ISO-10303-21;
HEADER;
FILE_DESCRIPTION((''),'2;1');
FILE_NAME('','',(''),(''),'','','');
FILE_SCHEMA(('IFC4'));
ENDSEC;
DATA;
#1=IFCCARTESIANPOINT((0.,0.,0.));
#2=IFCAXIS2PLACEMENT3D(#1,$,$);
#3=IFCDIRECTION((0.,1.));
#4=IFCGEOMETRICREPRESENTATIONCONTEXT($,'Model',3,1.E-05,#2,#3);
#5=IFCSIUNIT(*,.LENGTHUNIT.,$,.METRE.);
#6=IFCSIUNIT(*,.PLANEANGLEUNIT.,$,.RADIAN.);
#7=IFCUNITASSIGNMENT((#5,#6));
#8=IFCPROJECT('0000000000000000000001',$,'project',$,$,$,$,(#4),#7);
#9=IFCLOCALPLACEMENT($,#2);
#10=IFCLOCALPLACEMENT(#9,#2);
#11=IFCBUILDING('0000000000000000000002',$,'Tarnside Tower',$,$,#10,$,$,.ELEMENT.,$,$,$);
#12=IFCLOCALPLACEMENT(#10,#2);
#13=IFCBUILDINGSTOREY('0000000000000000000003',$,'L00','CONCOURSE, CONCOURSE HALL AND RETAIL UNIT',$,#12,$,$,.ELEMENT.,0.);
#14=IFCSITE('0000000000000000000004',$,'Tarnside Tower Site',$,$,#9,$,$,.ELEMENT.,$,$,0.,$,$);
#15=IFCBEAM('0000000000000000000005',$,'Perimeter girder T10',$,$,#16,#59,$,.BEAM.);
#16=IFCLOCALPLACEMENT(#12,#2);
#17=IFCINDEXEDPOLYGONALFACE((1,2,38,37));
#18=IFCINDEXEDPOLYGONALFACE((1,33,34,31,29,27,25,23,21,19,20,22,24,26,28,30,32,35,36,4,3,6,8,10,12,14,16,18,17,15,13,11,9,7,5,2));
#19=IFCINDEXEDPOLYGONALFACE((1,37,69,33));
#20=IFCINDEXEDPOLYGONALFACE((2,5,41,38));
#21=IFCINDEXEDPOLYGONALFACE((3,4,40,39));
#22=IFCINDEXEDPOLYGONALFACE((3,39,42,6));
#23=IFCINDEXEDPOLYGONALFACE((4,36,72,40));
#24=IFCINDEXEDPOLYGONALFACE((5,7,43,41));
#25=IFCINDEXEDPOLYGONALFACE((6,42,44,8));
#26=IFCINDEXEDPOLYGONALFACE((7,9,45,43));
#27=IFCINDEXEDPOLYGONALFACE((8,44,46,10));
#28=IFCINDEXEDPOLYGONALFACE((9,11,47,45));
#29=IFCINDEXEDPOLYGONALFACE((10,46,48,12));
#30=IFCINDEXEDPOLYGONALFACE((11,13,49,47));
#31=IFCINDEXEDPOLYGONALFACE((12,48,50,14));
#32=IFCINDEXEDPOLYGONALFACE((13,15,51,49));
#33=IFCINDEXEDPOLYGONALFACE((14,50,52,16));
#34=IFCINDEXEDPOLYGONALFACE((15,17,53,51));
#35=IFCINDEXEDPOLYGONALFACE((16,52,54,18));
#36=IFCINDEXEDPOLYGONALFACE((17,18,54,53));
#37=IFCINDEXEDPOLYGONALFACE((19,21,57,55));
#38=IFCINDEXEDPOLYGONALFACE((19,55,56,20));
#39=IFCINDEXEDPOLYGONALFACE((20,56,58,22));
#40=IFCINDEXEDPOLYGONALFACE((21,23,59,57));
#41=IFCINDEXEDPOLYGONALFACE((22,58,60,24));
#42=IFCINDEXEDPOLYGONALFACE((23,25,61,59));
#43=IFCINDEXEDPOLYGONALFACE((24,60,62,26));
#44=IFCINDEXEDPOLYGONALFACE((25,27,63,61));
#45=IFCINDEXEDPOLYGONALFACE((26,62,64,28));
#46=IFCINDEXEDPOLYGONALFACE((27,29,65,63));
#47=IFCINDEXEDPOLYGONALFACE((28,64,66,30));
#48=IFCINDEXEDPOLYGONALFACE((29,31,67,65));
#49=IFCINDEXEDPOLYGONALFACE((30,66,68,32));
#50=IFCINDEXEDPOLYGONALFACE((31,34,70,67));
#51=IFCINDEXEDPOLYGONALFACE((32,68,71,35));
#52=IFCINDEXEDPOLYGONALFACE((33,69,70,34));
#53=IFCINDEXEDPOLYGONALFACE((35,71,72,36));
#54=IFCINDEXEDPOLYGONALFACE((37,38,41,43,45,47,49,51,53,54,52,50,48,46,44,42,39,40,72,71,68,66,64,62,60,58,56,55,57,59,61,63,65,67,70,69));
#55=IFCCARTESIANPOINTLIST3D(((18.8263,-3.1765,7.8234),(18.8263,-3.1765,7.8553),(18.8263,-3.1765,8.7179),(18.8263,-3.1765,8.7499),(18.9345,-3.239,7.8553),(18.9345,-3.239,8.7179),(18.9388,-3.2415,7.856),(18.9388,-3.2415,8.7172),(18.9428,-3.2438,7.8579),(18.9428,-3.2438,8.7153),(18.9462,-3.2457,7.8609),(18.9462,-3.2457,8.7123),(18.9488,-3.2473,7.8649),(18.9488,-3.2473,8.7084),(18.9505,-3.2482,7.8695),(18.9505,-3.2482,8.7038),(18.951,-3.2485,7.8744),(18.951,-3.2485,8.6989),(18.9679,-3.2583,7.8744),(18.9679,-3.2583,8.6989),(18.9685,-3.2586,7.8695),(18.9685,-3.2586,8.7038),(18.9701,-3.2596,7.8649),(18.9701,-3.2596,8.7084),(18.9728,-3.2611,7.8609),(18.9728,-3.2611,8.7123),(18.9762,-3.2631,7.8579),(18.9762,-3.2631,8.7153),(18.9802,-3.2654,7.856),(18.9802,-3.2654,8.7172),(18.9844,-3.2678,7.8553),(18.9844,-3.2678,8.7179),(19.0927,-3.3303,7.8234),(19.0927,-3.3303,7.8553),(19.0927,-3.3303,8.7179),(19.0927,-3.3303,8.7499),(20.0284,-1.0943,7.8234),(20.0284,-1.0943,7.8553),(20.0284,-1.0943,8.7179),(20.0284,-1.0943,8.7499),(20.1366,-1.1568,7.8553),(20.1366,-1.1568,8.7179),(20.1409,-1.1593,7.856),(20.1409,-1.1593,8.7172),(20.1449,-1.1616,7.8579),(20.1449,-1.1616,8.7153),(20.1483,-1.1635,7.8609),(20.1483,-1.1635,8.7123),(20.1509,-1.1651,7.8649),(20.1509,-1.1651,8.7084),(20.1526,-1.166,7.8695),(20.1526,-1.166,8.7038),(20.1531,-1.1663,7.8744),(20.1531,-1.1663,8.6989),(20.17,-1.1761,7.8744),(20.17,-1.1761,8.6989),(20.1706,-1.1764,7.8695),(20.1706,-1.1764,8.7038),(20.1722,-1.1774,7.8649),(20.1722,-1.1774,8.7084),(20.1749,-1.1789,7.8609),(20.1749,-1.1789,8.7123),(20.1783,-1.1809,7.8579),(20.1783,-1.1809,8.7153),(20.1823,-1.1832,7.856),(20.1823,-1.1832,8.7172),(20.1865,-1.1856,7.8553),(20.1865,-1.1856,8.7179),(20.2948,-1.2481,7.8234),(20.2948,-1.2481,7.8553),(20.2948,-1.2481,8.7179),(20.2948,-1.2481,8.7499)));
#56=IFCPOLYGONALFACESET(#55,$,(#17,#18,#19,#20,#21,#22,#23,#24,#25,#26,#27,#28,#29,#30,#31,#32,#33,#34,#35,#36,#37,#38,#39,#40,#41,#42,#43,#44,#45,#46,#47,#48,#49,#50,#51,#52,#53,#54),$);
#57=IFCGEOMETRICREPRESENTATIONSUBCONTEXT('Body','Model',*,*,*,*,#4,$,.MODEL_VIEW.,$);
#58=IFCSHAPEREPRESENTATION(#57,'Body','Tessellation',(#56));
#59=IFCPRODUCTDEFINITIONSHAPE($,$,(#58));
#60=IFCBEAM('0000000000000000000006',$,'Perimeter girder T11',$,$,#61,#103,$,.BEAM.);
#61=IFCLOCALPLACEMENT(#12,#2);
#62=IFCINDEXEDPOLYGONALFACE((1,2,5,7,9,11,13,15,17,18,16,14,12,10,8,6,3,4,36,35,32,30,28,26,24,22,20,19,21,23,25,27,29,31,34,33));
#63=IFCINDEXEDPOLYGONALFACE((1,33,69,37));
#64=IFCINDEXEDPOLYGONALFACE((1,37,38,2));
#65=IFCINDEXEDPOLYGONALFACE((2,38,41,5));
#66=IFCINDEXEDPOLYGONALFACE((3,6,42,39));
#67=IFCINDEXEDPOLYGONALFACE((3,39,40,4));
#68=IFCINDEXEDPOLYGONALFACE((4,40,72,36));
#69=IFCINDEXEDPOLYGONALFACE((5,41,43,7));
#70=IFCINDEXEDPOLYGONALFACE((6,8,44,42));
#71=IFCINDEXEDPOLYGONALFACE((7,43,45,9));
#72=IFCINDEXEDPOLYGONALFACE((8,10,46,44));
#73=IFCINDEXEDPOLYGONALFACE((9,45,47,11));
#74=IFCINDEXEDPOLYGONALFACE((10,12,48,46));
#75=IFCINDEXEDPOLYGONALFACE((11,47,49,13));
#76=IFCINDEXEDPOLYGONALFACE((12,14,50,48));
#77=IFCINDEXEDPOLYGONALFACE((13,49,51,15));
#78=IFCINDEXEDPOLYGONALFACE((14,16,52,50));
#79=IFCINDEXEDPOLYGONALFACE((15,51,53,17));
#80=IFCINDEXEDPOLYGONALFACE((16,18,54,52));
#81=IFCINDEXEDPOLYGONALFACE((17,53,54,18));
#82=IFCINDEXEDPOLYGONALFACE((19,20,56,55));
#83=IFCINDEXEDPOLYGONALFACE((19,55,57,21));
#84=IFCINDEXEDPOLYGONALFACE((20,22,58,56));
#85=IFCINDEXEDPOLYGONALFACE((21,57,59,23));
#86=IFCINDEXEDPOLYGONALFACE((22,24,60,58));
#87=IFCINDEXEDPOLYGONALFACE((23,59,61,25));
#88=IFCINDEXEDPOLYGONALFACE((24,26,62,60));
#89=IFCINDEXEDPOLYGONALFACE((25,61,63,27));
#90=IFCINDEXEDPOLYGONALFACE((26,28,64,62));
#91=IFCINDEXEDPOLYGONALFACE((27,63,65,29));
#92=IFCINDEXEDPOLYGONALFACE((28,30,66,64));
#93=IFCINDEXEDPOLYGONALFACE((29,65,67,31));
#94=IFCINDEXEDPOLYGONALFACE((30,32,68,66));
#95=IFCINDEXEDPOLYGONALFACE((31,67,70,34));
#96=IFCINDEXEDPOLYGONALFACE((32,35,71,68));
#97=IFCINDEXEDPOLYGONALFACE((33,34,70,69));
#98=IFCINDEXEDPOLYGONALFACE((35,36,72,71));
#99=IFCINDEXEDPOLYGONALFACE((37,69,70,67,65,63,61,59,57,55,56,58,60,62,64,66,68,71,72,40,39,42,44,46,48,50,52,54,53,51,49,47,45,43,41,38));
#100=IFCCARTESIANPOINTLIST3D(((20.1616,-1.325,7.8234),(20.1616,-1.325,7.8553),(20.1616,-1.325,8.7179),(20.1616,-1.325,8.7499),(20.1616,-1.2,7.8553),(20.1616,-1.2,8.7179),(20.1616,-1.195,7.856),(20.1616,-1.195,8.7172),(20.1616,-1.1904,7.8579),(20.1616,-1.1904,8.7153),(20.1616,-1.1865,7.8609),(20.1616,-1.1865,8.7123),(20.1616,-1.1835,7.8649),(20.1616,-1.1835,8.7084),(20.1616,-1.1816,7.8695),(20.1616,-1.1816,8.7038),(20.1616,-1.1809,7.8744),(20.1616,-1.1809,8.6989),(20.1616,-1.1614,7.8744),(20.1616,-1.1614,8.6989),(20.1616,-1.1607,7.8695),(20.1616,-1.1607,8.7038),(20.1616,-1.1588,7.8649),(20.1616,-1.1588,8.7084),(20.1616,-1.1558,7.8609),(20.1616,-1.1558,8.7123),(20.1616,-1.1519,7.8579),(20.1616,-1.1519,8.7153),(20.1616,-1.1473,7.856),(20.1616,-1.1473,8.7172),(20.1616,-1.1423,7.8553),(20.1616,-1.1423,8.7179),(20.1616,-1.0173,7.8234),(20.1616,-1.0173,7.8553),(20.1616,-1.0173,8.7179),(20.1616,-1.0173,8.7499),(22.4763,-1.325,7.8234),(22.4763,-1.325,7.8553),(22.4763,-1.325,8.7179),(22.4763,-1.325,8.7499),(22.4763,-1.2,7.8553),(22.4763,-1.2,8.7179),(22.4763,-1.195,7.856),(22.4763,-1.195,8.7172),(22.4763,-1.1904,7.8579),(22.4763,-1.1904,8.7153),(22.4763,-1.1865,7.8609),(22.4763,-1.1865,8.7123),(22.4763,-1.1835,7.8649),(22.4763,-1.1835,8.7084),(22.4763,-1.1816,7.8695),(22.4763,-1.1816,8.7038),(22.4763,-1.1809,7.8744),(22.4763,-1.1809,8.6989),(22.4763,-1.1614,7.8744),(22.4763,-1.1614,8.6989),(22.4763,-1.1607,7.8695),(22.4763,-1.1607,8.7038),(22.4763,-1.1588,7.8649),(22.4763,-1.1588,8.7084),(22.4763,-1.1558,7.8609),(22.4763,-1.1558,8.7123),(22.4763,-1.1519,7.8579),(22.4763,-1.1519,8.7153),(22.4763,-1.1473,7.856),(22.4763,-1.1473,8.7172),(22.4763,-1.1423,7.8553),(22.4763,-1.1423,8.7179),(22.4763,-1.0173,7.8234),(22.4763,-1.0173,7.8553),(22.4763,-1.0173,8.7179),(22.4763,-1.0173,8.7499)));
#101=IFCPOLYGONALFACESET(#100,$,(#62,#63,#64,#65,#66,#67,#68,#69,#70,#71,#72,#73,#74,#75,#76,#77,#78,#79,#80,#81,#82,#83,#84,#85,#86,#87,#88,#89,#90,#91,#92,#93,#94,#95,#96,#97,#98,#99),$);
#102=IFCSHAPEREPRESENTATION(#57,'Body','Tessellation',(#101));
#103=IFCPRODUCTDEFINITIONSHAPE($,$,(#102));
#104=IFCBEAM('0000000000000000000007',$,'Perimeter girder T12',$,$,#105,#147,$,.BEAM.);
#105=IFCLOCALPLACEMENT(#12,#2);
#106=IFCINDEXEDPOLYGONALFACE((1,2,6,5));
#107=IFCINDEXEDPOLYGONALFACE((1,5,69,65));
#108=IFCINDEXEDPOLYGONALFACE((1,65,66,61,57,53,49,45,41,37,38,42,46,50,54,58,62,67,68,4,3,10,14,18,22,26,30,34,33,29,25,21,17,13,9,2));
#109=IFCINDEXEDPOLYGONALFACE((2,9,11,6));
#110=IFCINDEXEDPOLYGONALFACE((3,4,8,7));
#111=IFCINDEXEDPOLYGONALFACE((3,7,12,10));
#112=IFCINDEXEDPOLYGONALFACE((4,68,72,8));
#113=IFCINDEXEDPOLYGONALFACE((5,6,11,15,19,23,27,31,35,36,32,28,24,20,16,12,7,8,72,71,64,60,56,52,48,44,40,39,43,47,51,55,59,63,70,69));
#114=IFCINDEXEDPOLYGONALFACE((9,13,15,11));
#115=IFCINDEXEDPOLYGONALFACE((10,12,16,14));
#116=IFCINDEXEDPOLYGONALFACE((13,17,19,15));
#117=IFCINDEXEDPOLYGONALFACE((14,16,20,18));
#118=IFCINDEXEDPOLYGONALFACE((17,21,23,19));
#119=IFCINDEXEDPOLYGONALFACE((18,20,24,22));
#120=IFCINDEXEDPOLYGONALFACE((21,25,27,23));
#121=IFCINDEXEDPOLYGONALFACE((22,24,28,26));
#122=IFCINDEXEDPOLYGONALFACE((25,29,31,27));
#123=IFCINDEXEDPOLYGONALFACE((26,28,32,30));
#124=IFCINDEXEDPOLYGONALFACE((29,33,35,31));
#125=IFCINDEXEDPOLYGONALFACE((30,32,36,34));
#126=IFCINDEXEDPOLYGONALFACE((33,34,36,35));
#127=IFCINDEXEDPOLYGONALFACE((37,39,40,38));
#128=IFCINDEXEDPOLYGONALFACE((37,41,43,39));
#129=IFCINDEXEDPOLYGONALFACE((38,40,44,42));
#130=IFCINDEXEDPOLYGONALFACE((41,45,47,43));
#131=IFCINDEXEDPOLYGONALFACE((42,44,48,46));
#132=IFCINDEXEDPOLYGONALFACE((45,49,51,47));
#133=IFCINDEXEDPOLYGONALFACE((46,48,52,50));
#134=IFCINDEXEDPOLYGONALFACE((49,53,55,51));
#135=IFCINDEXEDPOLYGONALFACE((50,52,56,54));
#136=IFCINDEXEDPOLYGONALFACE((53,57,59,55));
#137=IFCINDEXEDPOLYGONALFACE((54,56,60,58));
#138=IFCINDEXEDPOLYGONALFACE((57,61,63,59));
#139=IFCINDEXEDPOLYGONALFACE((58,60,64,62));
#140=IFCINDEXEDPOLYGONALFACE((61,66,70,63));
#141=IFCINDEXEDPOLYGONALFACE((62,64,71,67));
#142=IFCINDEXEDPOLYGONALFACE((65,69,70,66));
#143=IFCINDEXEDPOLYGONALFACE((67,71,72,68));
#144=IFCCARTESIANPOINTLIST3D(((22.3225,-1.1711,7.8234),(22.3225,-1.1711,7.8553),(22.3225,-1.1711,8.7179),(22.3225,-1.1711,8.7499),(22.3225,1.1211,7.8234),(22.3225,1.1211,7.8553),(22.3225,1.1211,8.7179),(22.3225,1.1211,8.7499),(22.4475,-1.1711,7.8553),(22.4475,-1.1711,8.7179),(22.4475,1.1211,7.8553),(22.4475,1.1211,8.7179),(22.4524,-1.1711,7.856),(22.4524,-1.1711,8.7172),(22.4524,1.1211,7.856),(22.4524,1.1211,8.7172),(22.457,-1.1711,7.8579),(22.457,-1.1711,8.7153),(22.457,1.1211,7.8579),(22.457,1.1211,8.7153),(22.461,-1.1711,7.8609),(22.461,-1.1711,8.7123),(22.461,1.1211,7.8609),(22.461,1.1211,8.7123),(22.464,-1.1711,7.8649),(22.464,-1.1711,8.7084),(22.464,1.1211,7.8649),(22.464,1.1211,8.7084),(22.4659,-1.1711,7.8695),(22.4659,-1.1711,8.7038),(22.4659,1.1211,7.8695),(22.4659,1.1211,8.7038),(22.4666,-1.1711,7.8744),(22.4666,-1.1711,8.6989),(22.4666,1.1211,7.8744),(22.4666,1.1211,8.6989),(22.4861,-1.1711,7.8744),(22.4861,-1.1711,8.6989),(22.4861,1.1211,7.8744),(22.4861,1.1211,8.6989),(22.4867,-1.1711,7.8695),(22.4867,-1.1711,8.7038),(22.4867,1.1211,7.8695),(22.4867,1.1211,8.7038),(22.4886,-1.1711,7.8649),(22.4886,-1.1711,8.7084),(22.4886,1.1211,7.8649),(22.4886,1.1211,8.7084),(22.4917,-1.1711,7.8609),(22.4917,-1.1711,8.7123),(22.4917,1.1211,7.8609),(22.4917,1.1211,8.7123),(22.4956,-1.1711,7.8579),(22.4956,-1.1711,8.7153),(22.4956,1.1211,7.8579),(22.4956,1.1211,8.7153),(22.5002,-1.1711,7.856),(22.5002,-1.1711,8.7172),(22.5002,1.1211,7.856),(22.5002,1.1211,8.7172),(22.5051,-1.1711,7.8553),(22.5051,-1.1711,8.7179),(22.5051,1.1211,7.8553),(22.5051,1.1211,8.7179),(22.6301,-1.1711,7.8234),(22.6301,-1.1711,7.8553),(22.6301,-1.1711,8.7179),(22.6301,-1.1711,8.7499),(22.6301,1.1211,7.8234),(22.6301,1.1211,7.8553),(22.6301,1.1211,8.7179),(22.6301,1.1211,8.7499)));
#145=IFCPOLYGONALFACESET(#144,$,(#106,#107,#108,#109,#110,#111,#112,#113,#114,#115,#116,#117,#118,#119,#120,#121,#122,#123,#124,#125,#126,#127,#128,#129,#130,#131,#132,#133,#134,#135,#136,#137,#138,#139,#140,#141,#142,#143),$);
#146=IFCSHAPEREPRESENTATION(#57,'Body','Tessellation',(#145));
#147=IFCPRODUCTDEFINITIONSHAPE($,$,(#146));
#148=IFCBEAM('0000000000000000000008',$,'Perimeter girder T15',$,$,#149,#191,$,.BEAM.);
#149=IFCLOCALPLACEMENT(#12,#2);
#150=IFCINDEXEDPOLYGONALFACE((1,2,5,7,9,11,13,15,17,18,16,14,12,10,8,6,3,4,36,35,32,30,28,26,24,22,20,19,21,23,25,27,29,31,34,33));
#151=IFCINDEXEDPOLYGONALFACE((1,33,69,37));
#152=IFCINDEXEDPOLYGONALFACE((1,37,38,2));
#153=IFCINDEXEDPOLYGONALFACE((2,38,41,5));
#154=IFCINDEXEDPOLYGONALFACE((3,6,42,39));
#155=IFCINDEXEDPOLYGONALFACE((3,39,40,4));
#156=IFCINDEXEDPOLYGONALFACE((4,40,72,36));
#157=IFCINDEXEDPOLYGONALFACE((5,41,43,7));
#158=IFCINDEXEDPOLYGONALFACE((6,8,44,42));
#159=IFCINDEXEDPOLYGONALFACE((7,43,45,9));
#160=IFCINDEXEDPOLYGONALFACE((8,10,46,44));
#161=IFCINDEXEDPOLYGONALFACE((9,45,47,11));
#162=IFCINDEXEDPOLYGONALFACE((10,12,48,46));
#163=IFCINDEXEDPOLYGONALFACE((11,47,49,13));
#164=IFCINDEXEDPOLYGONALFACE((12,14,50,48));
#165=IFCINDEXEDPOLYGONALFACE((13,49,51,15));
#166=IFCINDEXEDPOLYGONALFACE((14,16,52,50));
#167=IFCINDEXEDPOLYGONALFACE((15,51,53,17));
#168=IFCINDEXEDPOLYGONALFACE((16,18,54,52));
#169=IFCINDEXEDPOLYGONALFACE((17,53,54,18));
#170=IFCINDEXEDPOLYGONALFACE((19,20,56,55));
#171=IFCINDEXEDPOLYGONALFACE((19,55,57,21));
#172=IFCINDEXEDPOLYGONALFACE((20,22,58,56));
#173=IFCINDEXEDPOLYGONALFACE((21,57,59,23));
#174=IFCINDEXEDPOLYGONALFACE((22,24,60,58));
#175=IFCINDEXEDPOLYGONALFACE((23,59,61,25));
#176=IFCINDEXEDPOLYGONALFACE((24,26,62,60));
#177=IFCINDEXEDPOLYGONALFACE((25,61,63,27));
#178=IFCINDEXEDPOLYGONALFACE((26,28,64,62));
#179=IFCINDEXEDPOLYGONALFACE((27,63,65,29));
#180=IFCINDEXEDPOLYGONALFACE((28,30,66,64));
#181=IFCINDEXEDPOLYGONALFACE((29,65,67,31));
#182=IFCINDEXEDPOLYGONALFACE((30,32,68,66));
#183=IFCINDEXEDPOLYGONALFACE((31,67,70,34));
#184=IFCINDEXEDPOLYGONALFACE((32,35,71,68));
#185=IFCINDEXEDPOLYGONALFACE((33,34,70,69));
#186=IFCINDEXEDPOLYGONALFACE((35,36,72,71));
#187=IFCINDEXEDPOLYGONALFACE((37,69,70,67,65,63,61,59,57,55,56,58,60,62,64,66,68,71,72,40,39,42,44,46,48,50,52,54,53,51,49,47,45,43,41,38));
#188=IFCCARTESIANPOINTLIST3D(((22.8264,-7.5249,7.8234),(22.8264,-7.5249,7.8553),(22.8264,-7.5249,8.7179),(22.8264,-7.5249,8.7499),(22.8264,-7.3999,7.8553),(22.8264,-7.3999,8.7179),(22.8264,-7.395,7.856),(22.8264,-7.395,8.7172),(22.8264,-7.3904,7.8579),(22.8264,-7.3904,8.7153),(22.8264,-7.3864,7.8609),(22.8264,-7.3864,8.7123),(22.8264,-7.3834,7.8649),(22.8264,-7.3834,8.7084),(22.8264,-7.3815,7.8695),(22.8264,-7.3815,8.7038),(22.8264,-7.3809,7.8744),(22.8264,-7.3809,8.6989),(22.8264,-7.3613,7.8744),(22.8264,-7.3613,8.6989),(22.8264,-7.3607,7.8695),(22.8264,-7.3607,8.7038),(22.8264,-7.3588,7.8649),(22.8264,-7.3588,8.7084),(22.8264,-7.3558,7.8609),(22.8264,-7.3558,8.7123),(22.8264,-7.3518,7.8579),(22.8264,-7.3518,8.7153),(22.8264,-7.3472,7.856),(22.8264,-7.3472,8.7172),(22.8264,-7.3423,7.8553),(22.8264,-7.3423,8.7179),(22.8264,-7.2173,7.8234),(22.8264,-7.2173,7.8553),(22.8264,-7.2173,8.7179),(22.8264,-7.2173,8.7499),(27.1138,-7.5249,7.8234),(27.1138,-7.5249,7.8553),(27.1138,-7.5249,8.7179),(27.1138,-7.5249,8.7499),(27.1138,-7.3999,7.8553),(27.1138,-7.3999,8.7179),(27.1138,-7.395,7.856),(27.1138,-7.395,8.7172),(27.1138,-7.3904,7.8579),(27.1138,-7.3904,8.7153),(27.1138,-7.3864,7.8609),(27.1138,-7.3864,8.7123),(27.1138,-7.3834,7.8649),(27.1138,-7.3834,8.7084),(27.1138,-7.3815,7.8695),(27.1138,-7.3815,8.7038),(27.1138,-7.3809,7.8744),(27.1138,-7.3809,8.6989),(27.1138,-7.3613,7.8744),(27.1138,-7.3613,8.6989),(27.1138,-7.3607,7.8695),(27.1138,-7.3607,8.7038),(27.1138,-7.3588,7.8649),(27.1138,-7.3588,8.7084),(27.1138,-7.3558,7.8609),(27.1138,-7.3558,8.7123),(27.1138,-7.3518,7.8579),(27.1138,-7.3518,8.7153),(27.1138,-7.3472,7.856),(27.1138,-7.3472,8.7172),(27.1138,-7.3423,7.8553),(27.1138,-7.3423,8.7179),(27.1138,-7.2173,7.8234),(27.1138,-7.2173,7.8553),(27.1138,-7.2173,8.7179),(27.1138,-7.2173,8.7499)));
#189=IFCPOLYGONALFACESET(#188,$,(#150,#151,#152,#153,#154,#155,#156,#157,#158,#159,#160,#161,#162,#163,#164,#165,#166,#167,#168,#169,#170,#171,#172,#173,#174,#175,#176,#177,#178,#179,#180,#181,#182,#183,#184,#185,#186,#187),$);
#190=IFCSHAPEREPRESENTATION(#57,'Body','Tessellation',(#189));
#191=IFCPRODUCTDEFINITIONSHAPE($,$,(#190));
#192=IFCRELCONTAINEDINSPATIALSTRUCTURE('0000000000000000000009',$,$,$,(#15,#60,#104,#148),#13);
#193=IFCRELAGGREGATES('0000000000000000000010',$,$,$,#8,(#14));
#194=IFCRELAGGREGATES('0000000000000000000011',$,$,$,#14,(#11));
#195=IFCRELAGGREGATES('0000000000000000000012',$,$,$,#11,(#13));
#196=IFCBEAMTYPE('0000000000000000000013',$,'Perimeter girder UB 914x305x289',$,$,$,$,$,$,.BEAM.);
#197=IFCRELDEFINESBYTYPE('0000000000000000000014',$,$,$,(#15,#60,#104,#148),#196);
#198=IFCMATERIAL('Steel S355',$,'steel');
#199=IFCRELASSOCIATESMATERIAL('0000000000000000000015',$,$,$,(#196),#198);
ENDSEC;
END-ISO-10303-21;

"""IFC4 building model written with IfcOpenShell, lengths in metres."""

from ifc_helpers import new_model, si_unit, direction, frame, origin, origin_2d, place, context, subcontext, project, spatial, i_section, extrude, material, material_profile, profile_set, type_object, element, save


model = new_model("IFC4")

# Units and contexts
model_context = context("Model", 3, precision=1e-05, world=origin(), true_north=direction((0.0, 1.0)))
body_context = subcontext(model_context, "Body", "Model", "MODEL_VIEW")
ifc_project = project(units=[si_unit("LENGTHUNIT", "METRE"), si_unit("PLANEANGLEUNIT", "RADIAN")], contexts=[model_context])

# Site, building, storey
site_placement = place(None, origin())
site = spatial("IfcSite", under=ifc_project, at=site_placement, Name="Tarnside Tower Site", CompositionType="ELEMENT", RefElevation=0.0)
building_placement = place(site_placement, origin())
building = spatial("IfcBuilding", under=site, at=building_placement, Name="Tarnside Tower", CompositionType="ELEMENT")
storey_placement = place(building_placement, origin())
storey = spatial("IfcBuildingStorey", under=building, at=storey_placement, Name="L00", Description="CONCOURSE, CONCOURSE HALL AND RETAIL UNIT", CompositionType="ELEMENT", Elevation=0.0)

# Beams
ifc_material_1 = material(Name="Steel S355", Category="steel")
ifc_material_profile_1 = material_profile(ifc_material_1, i_section(OverallWidth=0.3076, OverallDepth=0.9265, WebThickness=0.0195, FlangeThickness=0.032, FilletRadius=0.019, at=origin_2d()), Name="UB 914x305x289")
ifc_profile_set_1 = profile_set([ifc_material_profile_1], Name="Steel S355")
beam_type_1 = type_object("IfcBeamType", Name="Perimeter girder UB 914x305x289", PredefinedType="BEAM", material=ifc_profile_set_1)
beam_1_placement = place(storey_placement, frame((18.9595, -3.2534, 8.2866), z_axis=(0.499983, 0.866035, 0.0), x_axis=(-0.866035, 0.499983, 0.0)))
element("IfcBeam", 1, at=beam_1_placement, inside=storey, type_object=beam_type_1, Name="Perimeter girder T10", PredefinedType="BEAM", context=body_context, shape_type="SweptSolid", body=[
    extrude(i_section(OverallWidth=0.3076, OverallDepth=0.9265, WebThickness=0.0195, FlangeThickness=0.032, FilletRadius=0.019, at=origin_2d()), origin(), (0.0, 0.0, 1.0), 2.4043),
])
beam_2_placement = place(storey_placement, frame((20.1616, -1.1711, 8.2866), z_axis=(1.0, 0.0, 0.0), x_axis=(0.0, 1.0, 0.0)))
element("IfcBeam", 2, at=beam_2_placement, inside=storey, type_object=beam_type_1, Name="Perimeter girder T11", PredefinedType="BEAM", context=body_context, shape_type="SweptSolid", body=[
    extrude(i_section(OverallWidth=0.3076, OverallDepth=0.9265, WebThickness=0.0195, FlangeThickness=0.032, FilletRadius=0.019, at=origin_2d()), origin(), (0.0, 0.0, 1.0), 2.3147),
])
beam_3_placement = place(storey_placement, frame((22.4763, -1.1711, 8.2866), z_axis=(0.0, 1.0, 0.0), x_axis=(-1.0, 0.0, 0.0)))
element("IfcBeam", 3, at=beam_3_placement, inside=storey, type_object=beam_type_1, Name="Perimeter girder T12", PredefinedType="BEAM", context=body_context, shape_type="SweptSolid", body=[
    extrude(i_section(OverallWidth=0.3076, OverallDepth=0.9265, WebThickness=0.0195, FlangeThickness=0.032, FilletRadius=0.019, at=origin_2d()), origin(), (0.0, 0.0, 1.0), 2.2922),
])
beam_4_placement = place(storey_placement, frame((22.8264, -7.3711, 8.2866), z_axis=(1.0, 0.0, 0.0), x_axis=(0.0, 1.0, 0.0)))
element("IfcBeam", 4, at=beam_4_placement, inside=storey, type_object=beam_type_1, Name="Perimeter girder T15", PredefinedType="BEAM", context=body_context, shape_type="SweptSolid", body=[
    extrude(i_section(OverallWidth=0.3076, OverallDepth=0.9265, WebThickness=0.0195, FlangeThickness=0.032, FilletRadius=0.019, at=origin_2d()), origin(), (0.0, 0.0, 1.0), 4.2874),
])

save(model, "model.ifc")
